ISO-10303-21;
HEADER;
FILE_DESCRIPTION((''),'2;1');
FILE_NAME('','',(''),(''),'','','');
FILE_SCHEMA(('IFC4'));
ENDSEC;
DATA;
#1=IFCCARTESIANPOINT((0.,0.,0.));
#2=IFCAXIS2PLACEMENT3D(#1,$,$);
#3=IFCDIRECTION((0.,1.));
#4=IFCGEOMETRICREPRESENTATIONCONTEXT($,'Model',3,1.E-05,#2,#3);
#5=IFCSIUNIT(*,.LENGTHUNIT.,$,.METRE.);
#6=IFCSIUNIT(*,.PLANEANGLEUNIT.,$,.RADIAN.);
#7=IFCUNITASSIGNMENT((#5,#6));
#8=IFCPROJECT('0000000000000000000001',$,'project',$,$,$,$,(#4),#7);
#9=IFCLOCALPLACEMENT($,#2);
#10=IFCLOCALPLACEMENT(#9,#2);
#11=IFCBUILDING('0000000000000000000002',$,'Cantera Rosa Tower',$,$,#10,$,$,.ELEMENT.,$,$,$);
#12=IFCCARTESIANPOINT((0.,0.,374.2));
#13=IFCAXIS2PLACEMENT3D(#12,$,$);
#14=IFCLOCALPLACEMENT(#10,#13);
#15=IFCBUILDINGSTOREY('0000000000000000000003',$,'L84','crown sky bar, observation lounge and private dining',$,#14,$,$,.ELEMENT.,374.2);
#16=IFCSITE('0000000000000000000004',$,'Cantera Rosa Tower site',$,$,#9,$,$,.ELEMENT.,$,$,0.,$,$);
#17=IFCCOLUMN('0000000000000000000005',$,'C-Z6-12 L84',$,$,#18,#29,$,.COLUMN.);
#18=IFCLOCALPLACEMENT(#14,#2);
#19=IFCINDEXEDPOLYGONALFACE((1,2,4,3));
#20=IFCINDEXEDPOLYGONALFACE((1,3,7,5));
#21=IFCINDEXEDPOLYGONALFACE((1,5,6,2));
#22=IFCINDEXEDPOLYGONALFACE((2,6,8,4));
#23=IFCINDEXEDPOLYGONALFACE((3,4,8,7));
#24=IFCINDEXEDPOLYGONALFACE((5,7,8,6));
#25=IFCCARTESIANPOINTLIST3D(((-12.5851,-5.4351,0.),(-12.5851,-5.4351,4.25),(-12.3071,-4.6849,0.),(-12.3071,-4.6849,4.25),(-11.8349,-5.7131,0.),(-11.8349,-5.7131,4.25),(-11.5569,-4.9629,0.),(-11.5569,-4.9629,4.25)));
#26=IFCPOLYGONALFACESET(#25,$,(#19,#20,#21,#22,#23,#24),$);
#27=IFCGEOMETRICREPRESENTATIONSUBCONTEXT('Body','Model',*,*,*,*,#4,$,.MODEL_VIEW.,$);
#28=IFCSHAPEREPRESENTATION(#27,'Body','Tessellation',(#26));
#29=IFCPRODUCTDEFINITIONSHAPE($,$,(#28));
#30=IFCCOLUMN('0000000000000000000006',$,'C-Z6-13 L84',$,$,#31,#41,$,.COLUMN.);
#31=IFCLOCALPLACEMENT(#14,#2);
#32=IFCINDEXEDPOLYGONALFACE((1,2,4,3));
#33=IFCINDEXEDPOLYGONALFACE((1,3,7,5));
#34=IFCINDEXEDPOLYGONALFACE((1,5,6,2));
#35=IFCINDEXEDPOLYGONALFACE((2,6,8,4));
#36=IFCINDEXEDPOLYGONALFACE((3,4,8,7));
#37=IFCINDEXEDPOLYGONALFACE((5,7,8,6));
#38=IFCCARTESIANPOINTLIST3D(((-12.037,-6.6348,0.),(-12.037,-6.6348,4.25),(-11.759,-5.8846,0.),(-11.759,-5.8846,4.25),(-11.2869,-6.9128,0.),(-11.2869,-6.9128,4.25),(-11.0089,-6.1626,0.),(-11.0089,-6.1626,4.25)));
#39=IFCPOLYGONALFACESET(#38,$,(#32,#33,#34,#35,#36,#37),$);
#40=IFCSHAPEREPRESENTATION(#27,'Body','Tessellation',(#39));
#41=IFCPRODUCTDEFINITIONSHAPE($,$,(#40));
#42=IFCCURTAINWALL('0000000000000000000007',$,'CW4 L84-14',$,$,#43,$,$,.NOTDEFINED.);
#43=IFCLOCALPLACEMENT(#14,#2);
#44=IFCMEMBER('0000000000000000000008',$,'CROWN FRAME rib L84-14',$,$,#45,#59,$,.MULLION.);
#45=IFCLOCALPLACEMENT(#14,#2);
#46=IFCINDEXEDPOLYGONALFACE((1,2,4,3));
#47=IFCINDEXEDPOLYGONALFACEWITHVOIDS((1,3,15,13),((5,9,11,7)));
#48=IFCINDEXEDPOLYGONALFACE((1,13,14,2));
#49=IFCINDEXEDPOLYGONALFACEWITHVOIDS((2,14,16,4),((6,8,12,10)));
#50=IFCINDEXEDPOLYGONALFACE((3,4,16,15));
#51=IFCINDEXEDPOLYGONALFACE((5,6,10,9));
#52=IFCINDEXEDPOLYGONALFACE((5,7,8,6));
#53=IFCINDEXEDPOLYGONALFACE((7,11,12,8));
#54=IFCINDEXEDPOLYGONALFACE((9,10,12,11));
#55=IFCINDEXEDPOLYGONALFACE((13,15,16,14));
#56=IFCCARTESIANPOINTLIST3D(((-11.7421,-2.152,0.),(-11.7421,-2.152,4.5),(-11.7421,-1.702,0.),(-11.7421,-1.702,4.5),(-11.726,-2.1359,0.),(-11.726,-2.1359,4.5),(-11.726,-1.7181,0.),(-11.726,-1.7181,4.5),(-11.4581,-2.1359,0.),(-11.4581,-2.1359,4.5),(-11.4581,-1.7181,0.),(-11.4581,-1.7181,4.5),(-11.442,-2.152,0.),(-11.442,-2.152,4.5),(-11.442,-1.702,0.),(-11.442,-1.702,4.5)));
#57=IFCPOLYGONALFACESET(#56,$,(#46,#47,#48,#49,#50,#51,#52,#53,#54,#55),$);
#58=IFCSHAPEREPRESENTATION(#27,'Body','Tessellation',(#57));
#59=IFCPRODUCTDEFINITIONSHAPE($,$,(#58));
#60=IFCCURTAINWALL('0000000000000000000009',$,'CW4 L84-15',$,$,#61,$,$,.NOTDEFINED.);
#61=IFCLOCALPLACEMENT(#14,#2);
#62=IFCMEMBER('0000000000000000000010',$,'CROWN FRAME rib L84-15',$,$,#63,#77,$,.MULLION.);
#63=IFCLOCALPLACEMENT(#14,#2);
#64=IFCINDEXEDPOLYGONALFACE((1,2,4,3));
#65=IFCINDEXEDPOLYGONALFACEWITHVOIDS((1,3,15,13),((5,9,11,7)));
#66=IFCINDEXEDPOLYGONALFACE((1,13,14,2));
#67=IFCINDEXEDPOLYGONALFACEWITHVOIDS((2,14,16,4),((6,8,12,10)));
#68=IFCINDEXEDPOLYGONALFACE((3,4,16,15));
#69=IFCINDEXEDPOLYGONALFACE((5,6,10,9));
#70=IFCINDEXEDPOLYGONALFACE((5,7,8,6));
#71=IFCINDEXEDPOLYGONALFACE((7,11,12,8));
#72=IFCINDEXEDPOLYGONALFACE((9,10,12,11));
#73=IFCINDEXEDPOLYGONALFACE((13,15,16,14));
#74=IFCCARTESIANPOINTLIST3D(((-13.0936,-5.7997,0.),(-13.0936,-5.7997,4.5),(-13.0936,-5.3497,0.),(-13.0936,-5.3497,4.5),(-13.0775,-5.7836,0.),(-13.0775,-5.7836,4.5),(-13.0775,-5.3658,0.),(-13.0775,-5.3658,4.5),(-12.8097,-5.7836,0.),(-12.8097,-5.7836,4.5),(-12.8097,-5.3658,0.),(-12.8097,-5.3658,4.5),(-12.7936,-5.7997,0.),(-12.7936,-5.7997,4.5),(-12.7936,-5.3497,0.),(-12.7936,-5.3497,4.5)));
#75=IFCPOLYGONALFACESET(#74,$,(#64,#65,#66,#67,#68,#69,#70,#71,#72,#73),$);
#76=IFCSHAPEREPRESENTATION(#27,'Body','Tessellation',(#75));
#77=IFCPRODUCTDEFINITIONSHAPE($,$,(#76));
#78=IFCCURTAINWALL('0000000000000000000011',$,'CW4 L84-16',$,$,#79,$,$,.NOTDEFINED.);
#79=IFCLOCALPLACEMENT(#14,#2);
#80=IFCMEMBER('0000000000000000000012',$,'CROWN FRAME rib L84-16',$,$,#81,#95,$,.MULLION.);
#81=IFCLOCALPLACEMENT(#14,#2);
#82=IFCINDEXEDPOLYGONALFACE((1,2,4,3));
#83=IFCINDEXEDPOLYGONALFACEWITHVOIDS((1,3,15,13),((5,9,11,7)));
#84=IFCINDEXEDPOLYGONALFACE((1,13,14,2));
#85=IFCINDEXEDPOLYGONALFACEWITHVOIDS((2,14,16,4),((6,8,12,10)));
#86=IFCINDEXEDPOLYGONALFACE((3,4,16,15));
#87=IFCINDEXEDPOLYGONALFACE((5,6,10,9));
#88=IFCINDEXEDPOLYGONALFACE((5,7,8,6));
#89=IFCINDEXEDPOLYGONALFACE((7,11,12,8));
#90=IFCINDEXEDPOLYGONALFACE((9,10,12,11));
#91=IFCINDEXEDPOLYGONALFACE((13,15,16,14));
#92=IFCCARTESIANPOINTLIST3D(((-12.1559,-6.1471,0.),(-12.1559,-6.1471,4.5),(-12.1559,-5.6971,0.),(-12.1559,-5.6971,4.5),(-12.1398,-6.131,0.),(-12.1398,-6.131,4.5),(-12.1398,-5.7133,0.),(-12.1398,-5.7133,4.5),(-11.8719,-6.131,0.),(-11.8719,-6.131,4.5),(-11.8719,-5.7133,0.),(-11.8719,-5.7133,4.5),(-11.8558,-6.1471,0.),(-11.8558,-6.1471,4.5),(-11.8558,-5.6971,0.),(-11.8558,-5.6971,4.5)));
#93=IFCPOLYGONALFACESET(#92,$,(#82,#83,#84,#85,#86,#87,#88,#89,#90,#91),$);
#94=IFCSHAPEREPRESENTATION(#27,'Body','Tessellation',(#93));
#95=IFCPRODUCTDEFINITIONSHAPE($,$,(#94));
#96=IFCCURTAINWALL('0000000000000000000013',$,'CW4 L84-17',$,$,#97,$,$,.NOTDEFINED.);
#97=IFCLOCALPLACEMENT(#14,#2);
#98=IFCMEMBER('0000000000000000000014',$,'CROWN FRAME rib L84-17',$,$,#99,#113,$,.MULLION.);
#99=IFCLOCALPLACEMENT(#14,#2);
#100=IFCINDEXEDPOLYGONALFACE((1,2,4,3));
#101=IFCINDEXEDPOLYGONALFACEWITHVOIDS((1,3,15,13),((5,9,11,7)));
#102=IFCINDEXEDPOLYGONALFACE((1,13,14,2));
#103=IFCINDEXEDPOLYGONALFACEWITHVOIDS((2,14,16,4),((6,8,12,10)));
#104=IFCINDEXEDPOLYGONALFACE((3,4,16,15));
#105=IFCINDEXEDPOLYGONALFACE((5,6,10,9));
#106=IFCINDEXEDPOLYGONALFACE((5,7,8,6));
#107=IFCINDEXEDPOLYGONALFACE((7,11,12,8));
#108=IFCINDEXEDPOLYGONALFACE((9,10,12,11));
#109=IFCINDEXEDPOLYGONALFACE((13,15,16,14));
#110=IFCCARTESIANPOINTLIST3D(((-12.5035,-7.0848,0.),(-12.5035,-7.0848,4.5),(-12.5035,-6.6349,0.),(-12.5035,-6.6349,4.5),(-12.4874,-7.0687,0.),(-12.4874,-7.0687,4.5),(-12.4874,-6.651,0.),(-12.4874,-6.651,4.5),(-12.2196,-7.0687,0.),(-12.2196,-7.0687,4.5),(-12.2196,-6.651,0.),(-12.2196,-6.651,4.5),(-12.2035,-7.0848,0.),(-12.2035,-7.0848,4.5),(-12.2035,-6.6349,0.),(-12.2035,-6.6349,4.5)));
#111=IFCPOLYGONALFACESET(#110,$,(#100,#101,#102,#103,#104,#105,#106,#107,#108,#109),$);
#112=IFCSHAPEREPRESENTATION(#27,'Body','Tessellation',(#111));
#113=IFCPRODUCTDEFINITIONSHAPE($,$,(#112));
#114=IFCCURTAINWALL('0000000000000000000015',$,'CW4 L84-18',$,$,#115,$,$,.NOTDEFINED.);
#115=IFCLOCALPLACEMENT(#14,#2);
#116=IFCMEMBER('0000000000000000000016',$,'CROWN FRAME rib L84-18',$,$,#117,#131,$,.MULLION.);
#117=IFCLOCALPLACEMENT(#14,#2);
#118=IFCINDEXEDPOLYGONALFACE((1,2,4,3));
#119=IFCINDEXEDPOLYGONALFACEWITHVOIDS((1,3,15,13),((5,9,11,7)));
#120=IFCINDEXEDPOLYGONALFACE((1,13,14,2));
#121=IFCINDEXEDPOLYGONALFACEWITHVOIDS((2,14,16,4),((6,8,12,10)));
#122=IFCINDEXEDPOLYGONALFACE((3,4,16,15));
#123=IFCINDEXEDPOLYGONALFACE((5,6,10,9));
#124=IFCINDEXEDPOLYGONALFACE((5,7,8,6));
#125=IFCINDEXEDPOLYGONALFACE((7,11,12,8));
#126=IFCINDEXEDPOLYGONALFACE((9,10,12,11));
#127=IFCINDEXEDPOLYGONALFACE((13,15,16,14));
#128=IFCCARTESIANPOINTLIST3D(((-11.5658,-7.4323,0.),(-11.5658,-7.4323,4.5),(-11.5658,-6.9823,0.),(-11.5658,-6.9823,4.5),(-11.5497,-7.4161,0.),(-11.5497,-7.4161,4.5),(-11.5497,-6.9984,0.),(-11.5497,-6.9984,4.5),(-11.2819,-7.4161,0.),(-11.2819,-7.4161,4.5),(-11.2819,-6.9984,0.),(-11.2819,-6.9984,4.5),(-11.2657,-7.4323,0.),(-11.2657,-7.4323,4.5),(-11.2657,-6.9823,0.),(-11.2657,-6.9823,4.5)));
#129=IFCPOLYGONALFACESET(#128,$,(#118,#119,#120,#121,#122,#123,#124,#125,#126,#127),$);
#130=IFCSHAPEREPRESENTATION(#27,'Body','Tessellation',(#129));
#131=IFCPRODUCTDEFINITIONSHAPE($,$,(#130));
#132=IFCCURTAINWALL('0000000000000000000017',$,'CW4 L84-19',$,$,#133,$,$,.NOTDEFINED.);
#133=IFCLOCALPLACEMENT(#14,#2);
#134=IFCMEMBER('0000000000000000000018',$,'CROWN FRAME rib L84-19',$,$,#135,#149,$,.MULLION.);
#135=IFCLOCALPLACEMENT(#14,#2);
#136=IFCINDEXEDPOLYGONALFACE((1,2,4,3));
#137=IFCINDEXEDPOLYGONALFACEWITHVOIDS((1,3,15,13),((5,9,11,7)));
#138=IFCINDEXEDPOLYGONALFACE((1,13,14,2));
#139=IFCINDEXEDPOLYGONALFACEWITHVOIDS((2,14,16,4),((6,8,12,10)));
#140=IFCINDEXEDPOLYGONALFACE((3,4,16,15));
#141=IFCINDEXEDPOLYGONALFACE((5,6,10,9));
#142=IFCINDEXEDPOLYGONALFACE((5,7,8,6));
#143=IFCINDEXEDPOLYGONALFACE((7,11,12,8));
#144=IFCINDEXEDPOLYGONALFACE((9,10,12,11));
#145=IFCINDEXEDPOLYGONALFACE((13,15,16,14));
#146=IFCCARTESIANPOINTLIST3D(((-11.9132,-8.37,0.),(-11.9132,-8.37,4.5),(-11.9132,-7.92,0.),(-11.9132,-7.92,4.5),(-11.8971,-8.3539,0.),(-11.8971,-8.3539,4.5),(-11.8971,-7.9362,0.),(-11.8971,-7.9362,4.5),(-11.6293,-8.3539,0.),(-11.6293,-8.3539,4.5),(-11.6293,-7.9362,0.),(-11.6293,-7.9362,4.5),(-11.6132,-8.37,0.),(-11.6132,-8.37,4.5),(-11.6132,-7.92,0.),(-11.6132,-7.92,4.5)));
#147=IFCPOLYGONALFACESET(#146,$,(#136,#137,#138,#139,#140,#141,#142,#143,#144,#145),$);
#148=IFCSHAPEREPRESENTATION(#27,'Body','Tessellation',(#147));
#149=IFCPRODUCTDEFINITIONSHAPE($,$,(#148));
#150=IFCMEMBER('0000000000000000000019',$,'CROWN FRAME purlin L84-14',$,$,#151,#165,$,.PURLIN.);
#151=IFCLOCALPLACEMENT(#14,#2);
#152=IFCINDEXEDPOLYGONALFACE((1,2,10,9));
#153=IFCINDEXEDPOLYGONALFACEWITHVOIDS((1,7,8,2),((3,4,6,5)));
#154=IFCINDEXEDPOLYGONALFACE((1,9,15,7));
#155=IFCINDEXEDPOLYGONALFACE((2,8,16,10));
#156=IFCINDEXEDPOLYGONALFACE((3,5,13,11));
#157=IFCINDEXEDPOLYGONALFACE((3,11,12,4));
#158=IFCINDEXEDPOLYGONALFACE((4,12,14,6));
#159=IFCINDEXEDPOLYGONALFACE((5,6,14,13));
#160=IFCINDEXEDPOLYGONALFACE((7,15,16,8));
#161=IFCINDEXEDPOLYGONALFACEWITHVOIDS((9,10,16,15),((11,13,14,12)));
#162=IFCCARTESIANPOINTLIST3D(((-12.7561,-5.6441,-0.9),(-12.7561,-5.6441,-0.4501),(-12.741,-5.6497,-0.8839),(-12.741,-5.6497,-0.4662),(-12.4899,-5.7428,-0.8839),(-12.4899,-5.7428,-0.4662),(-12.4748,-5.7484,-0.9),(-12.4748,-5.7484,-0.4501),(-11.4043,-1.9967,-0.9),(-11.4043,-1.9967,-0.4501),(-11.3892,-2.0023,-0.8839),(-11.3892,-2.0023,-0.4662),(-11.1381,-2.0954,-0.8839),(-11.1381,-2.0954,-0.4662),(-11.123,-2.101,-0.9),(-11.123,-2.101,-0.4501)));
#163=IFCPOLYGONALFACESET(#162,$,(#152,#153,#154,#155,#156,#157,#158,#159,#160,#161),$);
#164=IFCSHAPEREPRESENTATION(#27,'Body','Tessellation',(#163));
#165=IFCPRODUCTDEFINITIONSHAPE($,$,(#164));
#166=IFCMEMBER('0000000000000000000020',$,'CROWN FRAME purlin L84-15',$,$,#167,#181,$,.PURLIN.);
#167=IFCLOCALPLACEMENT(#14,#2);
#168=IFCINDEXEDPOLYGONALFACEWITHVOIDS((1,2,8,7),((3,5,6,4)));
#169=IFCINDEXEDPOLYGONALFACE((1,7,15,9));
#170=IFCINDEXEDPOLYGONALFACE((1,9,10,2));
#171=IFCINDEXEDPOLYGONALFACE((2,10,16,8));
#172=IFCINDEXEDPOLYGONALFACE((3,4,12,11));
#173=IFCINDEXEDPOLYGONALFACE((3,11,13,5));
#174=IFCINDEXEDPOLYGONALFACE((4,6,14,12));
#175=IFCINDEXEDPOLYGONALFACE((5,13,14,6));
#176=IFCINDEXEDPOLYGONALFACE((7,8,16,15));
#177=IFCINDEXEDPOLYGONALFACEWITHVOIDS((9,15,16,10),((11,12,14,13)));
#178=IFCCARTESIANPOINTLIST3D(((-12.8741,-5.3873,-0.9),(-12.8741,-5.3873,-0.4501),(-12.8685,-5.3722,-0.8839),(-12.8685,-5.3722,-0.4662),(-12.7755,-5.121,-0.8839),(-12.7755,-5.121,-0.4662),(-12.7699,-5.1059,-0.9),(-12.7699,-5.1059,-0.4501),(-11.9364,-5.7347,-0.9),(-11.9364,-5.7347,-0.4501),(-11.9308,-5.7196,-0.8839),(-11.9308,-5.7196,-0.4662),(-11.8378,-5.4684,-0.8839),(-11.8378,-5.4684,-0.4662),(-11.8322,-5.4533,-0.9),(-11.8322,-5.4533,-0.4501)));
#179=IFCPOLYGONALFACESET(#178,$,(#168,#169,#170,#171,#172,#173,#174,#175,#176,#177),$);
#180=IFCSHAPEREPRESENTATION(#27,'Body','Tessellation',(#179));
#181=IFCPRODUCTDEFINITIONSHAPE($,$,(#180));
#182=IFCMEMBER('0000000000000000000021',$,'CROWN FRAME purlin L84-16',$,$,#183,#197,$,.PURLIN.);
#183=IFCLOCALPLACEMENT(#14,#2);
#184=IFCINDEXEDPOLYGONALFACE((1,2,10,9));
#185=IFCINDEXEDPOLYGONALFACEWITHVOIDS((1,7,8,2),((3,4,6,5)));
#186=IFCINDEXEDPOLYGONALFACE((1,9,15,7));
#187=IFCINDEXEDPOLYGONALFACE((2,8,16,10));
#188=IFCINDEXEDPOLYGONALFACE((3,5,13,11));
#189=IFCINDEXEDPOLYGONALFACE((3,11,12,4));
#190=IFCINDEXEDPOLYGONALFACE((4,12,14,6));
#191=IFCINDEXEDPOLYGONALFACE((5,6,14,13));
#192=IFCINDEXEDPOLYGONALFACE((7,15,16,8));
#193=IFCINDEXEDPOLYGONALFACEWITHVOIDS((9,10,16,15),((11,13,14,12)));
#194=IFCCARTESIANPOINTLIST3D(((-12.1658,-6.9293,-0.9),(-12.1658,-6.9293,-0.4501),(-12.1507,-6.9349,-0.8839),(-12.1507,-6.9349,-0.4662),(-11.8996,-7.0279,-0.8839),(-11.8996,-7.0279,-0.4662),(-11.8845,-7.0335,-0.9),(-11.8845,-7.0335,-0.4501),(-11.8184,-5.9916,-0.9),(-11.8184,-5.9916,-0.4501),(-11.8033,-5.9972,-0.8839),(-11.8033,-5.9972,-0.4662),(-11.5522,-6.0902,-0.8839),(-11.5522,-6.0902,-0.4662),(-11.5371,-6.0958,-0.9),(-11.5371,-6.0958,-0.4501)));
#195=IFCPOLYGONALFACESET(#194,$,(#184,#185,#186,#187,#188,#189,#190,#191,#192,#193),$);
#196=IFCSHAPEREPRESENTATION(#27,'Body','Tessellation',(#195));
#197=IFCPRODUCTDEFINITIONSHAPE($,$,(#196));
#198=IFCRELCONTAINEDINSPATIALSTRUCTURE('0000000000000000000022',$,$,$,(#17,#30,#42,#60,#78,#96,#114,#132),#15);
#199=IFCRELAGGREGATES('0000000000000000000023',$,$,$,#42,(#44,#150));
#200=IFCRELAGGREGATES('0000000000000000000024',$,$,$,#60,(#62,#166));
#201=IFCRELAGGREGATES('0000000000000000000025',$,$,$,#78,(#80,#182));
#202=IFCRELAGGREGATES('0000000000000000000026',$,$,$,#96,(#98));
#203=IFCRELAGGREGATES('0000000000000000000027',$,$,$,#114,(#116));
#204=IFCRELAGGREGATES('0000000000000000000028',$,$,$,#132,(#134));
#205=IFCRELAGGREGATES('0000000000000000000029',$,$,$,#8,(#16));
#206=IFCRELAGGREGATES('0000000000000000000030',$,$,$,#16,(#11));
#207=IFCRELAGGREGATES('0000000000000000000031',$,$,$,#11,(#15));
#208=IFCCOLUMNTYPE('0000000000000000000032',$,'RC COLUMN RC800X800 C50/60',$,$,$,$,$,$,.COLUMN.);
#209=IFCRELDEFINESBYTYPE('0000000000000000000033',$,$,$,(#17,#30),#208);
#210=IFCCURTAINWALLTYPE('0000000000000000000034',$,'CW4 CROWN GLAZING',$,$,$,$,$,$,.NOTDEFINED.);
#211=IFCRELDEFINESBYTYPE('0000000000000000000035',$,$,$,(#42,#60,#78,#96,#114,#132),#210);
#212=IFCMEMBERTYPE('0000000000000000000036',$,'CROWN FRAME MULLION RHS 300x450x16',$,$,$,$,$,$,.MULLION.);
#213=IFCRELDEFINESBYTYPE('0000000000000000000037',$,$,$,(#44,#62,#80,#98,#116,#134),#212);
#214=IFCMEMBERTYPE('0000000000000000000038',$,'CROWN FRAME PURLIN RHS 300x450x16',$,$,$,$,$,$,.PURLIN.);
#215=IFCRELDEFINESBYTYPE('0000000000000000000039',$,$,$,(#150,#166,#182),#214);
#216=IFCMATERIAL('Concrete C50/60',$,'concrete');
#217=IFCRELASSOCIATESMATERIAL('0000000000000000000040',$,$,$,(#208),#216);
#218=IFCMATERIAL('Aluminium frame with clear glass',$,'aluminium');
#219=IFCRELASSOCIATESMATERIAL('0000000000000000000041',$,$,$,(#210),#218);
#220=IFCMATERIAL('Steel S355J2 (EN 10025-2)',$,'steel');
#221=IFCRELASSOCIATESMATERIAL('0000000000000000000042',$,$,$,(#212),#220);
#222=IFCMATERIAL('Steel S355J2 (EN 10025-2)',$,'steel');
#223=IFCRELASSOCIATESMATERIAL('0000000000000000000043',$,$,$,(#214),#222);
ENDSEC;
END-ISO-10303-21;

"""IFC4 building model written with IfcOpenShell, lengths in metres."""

from ifc_helpers import new_model, si_unit, direction, frame, origin, origin_2d, place, context, subcontext, project, spatial, rectangle, hollow_rectangle, extrude, material, material_profile, profile_set, type_object, element, aggregate, save


model = new_model("IFC4")

# Units and contexts
model_context = context("Model", 3, precision=1e-05, world=origin(), true_north=direction((0.0, 1.0)))
body_context = subcontext(model_context, "Body", "Model", "MODEL_VIEW")
ifc_project = project(units=[si_unit("LENGTHUNIT", "METRE"), si_unit("PLANEANGLEUNIT", "RADIAN")], contexts=[model_context])

# Site, building, storey
site_placement = place(None, origin())
site = spatial("IfcSite", under=ifc_project, at=site_placement, Name="Cantera Rosa Tower site", CompositionType="ELEMENT", RefElevation=0.0)
building_placement = place(site_placement, origin())
building = spatial("IfcBuilding", under=site, at=building_placement, Name="Cantera Rosa Tower", CompositionType="ELEMENT")
storey_placement = place(building_placement, frame((0.0, 0.0, 374.2)))
storey = spatial("IfcBuildingStorey", under=building, at=storey_placement, Name="L84", Description="crown sky bar, observation lounge and private dining", CompositionType="ELEMENT", Elevation=374.2)

# Columns
ifc_material_1 = material(Name="Concrete C50/60", Category="concrete")
ifc_material_profile_1 = material_profile(ifc_material_1, rectangle(XDim=0.8, YDim=0.8, at=origin_2d()), Name="RC COLUMN RC800X800 C50/60")
ifc_profile_set_1 = profile_set([ifc_material_profile_1], Name="Concrete C50/60")
column_type = type_object("IfcColumnType", Name="RC COLUMN RC800X800 C50/60", PredefinedType="COLUMN", material=ifc_profile_set_1)
for number, where, z_axis, x_axis, name in (
    (1, (-12.071, -5.199, 0.0), (0.0, 0.0, 1.0), (0.347481, 0.937687, 0.0), "C-Z6-12 L84"),
    (2, (-11.5229, -6.3987, 0.0), (0.0, 0.0, 1.0), (0.347481, 0.937687, 0.0), "C-Z6-13 L84"),
):
    element("IfcColumn", number, at=place(storey_placement, frame(where, z_axis=z_axis, x_axis=x_axis)), inside=storey, type_object=column_type, Name=name, PredefinedType="COLUMN", context=body_context, shape_type="SweptSolid", body=[
        extrude(rectangle(XDim=0.8, YDim=0.8, at=origin_2d()), origin(), (0.0, 0.0, 1.0), 4.25),
    ])

# Curtain walls, members
ifc_material_2 = material(Name="Aluminium frame with clear glass", Category="aluminium")
curtain_wall_type = type_object("IfcCurtainWallType", Name="CW4 CROWN GLAZING", PredefinedType="NOTDEFINED", material=ifc_material_2)
curtain_wall_1_placement = place(storey_placement, origin())
curtain_wall_1 = element("IfcCurtainWall", 3, at=curtain_wall_1_placement, inside=storey, type_object=curtain_wall_type, Name="CW4 L84-14", PredefinedType="NOTDEFINED")
ifc_material_3 = material(Name="Steel S355J2 (EN 10025-2)", Category="steel")
ifc_material_profile_2 = material_profile(ifc_material_3, hollow_rectangle(XDim=0.3, YDim=0.45, WallThickness=0.0161, at=origin_2d()), Name="CROWN FRAME MULLION RHS 300x450x16")
ifc_profile_set_2 = profile_set([ifc_material_profile_2], Name="Steel S355J2 (EN 10025-2)")
member_type_1 = type_object("IfcMemberType", Name="CROWN FRAME MULLION RHS 300x450x16", PredefinedType="MULLION", material=ifc_profile_set_2)
member_1_placement = place(storey_placement, frame((-11.592, -1.927, 0.0), z_axis=(0.0, 0.0, 1.0), x_axis=(1.0, 0.0, 0.0)))
member_1 = element("IfcMember", 4, at=member_1_placement, type_object=member_type_1, Name="CROWN FRAME rib L84-14", PredefinedType="MULLION", context=body_context, shape_type="SweptSolid", body=[
    extrude(hollow_rectangle(XDim=0.3, YDim=0.45, WallThickness=0.0161, at=origin_2d()), origin(), (0.0, 0.0, 1.0), 4.5),
])
curtain_wall_2_placement = place(storey_placement, origin())
curtain_wall_2 = element("IfcCurtainWall", 5, at=curtain_wall_2_placement, inside=storey, type_object=curtain_wall_type, Name="CW4 L84-15", PredefinedType="NOTDEFINED")
member_2_placement = place(storey_placement, frame((-12.9436, -5.5747, 0.0), z_axis=(0.0, 0.0, 1.0), x_axis=(1.0, 0.0, 0.0)))
member_2 = element("IfcMember", 6, at=member_2_placement, type_object=member_type_1, Name="CROWN FRAME rib L84-15", PredefinedType="MULLION", context=body_context, shape_type="SweptSolid", body=[
    extrude(hollow_rectangle(XDim=0.3, YDim=0.45, WallThickness=0.0161, at=origin_2d()), origin(), (0.0, 0.0, 1.0), 4.5),
])
curtain_wall_3_placement = place(storey_placement, origin())
curtain_wall_3 = element("IfcCurtainWall", 7, at=curtain_wall_3_placement, inside=storey, type_object=curtain_wall_type, Name="CW4 L84-16", PredefinedType="NOTDEFINED")
member_3_placement = place(storey_placement, frame((-12.0059, -5.9221, 0.0), z_axis=(0.0, 0.0, 1.0), x_axis=(1.0, 0.0, 0.0)))
member_3 = element("IfcMember", 8, at=member_3_placement, type_object=member_type_1, Name="CROWN FRAME rib L84-16", PredefinedType="MULLION", context=body_context, shape_type="SweptSolid", body=[
    extrude(hollow_rectangle(XDim=0.3, YDim=0.45, WallThickness=0.0161, at=origin_2d()), origin(), (0.0, 0.0, 1.0), 4.5),
])
curtain_wall_4_placement = place(storey_placement, origin())
curtain_wall_4 = element("IfcCurtainWall", 9, at=curtain_wall_4_placement, inside=storey, type_object=curtain_wall_type, Name="CW4 L84-17", PredefinedType="NOTDEFINED")
member_4_placement = place(storey_placement, frame((-12.3535, -6.8599, 0.0), z_axis=(0.0, 0.0, 1.0), x_axis=(1.0, 0.0, 0.0)))
member_4 = element("IfcMember", 10, at=member_4_placement, type_object=member_type_1, Name="CROWN FRAME rib L84-17", PredefinedType="MULLION", context=body_context, shape_type="SweptSolid", body=[
    extrude(hollow_rectangle(XDim=0.3, YDim=0.45, WallThickness=0.0161, at=origin_2d()), origin(), (0.0, 0.0, 1.0), 4.5),
])
curtain_wall_5_placement = place(storey_placement, origin())
curtain_wall_5 = element("IfcCurtainWall", 11, at=curtain_wall_5_placement, inside=storey, type_object=curtain_wall_type, Name="CW4 L84-18", PredefinedType="NOTDEFINED")
member_5_placement = place(storey_placement, frame((-11.4158, -7.2073, 0.0), z_axis=(0.0, 0.0, 1.0), x_axis=(1.0, 0.0, 0.0)))
member_5 = element("IfcMember", 12, at=member_5_placement, type_object=member_type_1, Name="CROWN FRAME rib L84-18", PredefinedType="MULLION", context=body_context, shape_type="SweptSolid", body=[
    extrude(hollow_rectangle(XDim=0.3, YDim=0.45, WallThickness=0.0161, at=origin_2d()), origin(), (0.0, 0.0, 1.0), 4.5),
])
curtain_wall_6_placement = place(storey_placement, origin())
curtain_wall_6 = element("IfcCurtainWall", 13, at=curtain_wall_6_placement, inside=storey, type_object=curtain_wall_type, Name="CW4 L84-19", PredefinedType="NOTDEFINED")
member_6_placement = place(storey_placement, frame((-11.7632, -8.145, 0.0), z_axis=(0.0, 0.0, 1.0), x_axis=(1.0, 0.0, 0.0)))
member_6 = element("IfcMember", 14, at=member_6_placement, type_object=member_type_1, Name="CROWN FRAME rib L84-19", PredefinedType="MULLION", context=body_context, shape_type="SweptSolid", body=[
    extrude(hollow_rectangle(XDim=0.3, YDim=0.45, WallThickness=0.0161, at=origin_2d()), origin(), (0.0, 0.0, 1.0), 4.5),
])

# Members
ifc_material_4 = material(Name="Steel S355J2 (EN 10025-2)", Category="steel")
ifc_material_profile_3 = material_profile(ifc_material_4, hollow_rectangle(XDim=0.3, YDim=0.45, WallThickness=0.0161, at=origin_2d()), Name="CROWN FRAME PURLIN RHS 300x450x16")
ifc_profile_set_3 = profile_set([ifc_material_profile_3], Name="Steel S355J2 (EN 10025-2)")
member_type_2 = type_object("IfcMemberType", Name="CROWN FRAME PURLIN RHS 300x450x16", PredefinedType="PURLIN", material=ifc_profile_set_3)
member_7_placement = place(storey_placement, frame((-11.2637, -2.0488, -0.675), z_axis=(-0.347517, -0.937674, 0.0), x_axis=(0.937674, -0.347517, 0.0)))
member_7 = element("IfcMember", 15, at=member_7_placement, type_object=member_type_2, Name="CROWN FRAME purlin L84-14", PredefinedType="PURLIN", context=body_context, shape_type="SweptSolid", body=[
    extrude(hollow_rectangle(XDim=0.3, YDim=0.45, WallThickness=0.0161, at=origin_2d()), origin(), (0.0, 0.0, 1.0), 3.8899),
])
member_8_placement = place(storey_placement, frame((-12.822, -5.2466, -0.675), z_axis=(0.937716, -0.347402, 0.0), x_axis=(0.347402, 0.937716, 0.0)))
member_8 = element("IfcMember", 16, at=member_8_placement, type_object=member_type_2, Name="CROWN FRAME purlin L84-15", PredefinedType="PURLIN", context=body_context, shape_type="SweptSolid", body=[
    extrude(hollow_rectangle(XDim=0.3, YDim=0.45, WallThickness=0.0161, at=origin_2d()), origin(), (0.0, 0.0, 1.0), 1.0),
])
member_9_placement = place(storey_placement, frame((-11.6777, -6.0437, -0.675), z_axis=(-0.347402, -0.937716, 0.0), x_axis=(0.937716, -0.347402, 0.0)))
member_9 = element("IfcMember", 17, at=member_9_placement, type_object=member_type_2, Name="CROWN FRAME purlin L84-16", PredefinedType="PURLIN", context=body_context, shape_type="SweptSolid", body=[
    extrude(hollow_rectangle(XDim=0.3, YDim=0.45, WallThickness=0.0161, at=origin_2d()), origin(), (0.0, 0.0, 1.0), 1.0),
])

aggregate(curtain_wall_1, [member_1, member_7])
aggregate(curtain_wall_2, [member_2, member_8])
aggregate(curtain_wall_3, [member_3, member_9])
aggregate(curtain_wall_4, [member_4])
aggregate(curtain_wall_5, [member_5])
aggregate(curtain_wall_6, [member_6])

save(model, "model.ifc")
